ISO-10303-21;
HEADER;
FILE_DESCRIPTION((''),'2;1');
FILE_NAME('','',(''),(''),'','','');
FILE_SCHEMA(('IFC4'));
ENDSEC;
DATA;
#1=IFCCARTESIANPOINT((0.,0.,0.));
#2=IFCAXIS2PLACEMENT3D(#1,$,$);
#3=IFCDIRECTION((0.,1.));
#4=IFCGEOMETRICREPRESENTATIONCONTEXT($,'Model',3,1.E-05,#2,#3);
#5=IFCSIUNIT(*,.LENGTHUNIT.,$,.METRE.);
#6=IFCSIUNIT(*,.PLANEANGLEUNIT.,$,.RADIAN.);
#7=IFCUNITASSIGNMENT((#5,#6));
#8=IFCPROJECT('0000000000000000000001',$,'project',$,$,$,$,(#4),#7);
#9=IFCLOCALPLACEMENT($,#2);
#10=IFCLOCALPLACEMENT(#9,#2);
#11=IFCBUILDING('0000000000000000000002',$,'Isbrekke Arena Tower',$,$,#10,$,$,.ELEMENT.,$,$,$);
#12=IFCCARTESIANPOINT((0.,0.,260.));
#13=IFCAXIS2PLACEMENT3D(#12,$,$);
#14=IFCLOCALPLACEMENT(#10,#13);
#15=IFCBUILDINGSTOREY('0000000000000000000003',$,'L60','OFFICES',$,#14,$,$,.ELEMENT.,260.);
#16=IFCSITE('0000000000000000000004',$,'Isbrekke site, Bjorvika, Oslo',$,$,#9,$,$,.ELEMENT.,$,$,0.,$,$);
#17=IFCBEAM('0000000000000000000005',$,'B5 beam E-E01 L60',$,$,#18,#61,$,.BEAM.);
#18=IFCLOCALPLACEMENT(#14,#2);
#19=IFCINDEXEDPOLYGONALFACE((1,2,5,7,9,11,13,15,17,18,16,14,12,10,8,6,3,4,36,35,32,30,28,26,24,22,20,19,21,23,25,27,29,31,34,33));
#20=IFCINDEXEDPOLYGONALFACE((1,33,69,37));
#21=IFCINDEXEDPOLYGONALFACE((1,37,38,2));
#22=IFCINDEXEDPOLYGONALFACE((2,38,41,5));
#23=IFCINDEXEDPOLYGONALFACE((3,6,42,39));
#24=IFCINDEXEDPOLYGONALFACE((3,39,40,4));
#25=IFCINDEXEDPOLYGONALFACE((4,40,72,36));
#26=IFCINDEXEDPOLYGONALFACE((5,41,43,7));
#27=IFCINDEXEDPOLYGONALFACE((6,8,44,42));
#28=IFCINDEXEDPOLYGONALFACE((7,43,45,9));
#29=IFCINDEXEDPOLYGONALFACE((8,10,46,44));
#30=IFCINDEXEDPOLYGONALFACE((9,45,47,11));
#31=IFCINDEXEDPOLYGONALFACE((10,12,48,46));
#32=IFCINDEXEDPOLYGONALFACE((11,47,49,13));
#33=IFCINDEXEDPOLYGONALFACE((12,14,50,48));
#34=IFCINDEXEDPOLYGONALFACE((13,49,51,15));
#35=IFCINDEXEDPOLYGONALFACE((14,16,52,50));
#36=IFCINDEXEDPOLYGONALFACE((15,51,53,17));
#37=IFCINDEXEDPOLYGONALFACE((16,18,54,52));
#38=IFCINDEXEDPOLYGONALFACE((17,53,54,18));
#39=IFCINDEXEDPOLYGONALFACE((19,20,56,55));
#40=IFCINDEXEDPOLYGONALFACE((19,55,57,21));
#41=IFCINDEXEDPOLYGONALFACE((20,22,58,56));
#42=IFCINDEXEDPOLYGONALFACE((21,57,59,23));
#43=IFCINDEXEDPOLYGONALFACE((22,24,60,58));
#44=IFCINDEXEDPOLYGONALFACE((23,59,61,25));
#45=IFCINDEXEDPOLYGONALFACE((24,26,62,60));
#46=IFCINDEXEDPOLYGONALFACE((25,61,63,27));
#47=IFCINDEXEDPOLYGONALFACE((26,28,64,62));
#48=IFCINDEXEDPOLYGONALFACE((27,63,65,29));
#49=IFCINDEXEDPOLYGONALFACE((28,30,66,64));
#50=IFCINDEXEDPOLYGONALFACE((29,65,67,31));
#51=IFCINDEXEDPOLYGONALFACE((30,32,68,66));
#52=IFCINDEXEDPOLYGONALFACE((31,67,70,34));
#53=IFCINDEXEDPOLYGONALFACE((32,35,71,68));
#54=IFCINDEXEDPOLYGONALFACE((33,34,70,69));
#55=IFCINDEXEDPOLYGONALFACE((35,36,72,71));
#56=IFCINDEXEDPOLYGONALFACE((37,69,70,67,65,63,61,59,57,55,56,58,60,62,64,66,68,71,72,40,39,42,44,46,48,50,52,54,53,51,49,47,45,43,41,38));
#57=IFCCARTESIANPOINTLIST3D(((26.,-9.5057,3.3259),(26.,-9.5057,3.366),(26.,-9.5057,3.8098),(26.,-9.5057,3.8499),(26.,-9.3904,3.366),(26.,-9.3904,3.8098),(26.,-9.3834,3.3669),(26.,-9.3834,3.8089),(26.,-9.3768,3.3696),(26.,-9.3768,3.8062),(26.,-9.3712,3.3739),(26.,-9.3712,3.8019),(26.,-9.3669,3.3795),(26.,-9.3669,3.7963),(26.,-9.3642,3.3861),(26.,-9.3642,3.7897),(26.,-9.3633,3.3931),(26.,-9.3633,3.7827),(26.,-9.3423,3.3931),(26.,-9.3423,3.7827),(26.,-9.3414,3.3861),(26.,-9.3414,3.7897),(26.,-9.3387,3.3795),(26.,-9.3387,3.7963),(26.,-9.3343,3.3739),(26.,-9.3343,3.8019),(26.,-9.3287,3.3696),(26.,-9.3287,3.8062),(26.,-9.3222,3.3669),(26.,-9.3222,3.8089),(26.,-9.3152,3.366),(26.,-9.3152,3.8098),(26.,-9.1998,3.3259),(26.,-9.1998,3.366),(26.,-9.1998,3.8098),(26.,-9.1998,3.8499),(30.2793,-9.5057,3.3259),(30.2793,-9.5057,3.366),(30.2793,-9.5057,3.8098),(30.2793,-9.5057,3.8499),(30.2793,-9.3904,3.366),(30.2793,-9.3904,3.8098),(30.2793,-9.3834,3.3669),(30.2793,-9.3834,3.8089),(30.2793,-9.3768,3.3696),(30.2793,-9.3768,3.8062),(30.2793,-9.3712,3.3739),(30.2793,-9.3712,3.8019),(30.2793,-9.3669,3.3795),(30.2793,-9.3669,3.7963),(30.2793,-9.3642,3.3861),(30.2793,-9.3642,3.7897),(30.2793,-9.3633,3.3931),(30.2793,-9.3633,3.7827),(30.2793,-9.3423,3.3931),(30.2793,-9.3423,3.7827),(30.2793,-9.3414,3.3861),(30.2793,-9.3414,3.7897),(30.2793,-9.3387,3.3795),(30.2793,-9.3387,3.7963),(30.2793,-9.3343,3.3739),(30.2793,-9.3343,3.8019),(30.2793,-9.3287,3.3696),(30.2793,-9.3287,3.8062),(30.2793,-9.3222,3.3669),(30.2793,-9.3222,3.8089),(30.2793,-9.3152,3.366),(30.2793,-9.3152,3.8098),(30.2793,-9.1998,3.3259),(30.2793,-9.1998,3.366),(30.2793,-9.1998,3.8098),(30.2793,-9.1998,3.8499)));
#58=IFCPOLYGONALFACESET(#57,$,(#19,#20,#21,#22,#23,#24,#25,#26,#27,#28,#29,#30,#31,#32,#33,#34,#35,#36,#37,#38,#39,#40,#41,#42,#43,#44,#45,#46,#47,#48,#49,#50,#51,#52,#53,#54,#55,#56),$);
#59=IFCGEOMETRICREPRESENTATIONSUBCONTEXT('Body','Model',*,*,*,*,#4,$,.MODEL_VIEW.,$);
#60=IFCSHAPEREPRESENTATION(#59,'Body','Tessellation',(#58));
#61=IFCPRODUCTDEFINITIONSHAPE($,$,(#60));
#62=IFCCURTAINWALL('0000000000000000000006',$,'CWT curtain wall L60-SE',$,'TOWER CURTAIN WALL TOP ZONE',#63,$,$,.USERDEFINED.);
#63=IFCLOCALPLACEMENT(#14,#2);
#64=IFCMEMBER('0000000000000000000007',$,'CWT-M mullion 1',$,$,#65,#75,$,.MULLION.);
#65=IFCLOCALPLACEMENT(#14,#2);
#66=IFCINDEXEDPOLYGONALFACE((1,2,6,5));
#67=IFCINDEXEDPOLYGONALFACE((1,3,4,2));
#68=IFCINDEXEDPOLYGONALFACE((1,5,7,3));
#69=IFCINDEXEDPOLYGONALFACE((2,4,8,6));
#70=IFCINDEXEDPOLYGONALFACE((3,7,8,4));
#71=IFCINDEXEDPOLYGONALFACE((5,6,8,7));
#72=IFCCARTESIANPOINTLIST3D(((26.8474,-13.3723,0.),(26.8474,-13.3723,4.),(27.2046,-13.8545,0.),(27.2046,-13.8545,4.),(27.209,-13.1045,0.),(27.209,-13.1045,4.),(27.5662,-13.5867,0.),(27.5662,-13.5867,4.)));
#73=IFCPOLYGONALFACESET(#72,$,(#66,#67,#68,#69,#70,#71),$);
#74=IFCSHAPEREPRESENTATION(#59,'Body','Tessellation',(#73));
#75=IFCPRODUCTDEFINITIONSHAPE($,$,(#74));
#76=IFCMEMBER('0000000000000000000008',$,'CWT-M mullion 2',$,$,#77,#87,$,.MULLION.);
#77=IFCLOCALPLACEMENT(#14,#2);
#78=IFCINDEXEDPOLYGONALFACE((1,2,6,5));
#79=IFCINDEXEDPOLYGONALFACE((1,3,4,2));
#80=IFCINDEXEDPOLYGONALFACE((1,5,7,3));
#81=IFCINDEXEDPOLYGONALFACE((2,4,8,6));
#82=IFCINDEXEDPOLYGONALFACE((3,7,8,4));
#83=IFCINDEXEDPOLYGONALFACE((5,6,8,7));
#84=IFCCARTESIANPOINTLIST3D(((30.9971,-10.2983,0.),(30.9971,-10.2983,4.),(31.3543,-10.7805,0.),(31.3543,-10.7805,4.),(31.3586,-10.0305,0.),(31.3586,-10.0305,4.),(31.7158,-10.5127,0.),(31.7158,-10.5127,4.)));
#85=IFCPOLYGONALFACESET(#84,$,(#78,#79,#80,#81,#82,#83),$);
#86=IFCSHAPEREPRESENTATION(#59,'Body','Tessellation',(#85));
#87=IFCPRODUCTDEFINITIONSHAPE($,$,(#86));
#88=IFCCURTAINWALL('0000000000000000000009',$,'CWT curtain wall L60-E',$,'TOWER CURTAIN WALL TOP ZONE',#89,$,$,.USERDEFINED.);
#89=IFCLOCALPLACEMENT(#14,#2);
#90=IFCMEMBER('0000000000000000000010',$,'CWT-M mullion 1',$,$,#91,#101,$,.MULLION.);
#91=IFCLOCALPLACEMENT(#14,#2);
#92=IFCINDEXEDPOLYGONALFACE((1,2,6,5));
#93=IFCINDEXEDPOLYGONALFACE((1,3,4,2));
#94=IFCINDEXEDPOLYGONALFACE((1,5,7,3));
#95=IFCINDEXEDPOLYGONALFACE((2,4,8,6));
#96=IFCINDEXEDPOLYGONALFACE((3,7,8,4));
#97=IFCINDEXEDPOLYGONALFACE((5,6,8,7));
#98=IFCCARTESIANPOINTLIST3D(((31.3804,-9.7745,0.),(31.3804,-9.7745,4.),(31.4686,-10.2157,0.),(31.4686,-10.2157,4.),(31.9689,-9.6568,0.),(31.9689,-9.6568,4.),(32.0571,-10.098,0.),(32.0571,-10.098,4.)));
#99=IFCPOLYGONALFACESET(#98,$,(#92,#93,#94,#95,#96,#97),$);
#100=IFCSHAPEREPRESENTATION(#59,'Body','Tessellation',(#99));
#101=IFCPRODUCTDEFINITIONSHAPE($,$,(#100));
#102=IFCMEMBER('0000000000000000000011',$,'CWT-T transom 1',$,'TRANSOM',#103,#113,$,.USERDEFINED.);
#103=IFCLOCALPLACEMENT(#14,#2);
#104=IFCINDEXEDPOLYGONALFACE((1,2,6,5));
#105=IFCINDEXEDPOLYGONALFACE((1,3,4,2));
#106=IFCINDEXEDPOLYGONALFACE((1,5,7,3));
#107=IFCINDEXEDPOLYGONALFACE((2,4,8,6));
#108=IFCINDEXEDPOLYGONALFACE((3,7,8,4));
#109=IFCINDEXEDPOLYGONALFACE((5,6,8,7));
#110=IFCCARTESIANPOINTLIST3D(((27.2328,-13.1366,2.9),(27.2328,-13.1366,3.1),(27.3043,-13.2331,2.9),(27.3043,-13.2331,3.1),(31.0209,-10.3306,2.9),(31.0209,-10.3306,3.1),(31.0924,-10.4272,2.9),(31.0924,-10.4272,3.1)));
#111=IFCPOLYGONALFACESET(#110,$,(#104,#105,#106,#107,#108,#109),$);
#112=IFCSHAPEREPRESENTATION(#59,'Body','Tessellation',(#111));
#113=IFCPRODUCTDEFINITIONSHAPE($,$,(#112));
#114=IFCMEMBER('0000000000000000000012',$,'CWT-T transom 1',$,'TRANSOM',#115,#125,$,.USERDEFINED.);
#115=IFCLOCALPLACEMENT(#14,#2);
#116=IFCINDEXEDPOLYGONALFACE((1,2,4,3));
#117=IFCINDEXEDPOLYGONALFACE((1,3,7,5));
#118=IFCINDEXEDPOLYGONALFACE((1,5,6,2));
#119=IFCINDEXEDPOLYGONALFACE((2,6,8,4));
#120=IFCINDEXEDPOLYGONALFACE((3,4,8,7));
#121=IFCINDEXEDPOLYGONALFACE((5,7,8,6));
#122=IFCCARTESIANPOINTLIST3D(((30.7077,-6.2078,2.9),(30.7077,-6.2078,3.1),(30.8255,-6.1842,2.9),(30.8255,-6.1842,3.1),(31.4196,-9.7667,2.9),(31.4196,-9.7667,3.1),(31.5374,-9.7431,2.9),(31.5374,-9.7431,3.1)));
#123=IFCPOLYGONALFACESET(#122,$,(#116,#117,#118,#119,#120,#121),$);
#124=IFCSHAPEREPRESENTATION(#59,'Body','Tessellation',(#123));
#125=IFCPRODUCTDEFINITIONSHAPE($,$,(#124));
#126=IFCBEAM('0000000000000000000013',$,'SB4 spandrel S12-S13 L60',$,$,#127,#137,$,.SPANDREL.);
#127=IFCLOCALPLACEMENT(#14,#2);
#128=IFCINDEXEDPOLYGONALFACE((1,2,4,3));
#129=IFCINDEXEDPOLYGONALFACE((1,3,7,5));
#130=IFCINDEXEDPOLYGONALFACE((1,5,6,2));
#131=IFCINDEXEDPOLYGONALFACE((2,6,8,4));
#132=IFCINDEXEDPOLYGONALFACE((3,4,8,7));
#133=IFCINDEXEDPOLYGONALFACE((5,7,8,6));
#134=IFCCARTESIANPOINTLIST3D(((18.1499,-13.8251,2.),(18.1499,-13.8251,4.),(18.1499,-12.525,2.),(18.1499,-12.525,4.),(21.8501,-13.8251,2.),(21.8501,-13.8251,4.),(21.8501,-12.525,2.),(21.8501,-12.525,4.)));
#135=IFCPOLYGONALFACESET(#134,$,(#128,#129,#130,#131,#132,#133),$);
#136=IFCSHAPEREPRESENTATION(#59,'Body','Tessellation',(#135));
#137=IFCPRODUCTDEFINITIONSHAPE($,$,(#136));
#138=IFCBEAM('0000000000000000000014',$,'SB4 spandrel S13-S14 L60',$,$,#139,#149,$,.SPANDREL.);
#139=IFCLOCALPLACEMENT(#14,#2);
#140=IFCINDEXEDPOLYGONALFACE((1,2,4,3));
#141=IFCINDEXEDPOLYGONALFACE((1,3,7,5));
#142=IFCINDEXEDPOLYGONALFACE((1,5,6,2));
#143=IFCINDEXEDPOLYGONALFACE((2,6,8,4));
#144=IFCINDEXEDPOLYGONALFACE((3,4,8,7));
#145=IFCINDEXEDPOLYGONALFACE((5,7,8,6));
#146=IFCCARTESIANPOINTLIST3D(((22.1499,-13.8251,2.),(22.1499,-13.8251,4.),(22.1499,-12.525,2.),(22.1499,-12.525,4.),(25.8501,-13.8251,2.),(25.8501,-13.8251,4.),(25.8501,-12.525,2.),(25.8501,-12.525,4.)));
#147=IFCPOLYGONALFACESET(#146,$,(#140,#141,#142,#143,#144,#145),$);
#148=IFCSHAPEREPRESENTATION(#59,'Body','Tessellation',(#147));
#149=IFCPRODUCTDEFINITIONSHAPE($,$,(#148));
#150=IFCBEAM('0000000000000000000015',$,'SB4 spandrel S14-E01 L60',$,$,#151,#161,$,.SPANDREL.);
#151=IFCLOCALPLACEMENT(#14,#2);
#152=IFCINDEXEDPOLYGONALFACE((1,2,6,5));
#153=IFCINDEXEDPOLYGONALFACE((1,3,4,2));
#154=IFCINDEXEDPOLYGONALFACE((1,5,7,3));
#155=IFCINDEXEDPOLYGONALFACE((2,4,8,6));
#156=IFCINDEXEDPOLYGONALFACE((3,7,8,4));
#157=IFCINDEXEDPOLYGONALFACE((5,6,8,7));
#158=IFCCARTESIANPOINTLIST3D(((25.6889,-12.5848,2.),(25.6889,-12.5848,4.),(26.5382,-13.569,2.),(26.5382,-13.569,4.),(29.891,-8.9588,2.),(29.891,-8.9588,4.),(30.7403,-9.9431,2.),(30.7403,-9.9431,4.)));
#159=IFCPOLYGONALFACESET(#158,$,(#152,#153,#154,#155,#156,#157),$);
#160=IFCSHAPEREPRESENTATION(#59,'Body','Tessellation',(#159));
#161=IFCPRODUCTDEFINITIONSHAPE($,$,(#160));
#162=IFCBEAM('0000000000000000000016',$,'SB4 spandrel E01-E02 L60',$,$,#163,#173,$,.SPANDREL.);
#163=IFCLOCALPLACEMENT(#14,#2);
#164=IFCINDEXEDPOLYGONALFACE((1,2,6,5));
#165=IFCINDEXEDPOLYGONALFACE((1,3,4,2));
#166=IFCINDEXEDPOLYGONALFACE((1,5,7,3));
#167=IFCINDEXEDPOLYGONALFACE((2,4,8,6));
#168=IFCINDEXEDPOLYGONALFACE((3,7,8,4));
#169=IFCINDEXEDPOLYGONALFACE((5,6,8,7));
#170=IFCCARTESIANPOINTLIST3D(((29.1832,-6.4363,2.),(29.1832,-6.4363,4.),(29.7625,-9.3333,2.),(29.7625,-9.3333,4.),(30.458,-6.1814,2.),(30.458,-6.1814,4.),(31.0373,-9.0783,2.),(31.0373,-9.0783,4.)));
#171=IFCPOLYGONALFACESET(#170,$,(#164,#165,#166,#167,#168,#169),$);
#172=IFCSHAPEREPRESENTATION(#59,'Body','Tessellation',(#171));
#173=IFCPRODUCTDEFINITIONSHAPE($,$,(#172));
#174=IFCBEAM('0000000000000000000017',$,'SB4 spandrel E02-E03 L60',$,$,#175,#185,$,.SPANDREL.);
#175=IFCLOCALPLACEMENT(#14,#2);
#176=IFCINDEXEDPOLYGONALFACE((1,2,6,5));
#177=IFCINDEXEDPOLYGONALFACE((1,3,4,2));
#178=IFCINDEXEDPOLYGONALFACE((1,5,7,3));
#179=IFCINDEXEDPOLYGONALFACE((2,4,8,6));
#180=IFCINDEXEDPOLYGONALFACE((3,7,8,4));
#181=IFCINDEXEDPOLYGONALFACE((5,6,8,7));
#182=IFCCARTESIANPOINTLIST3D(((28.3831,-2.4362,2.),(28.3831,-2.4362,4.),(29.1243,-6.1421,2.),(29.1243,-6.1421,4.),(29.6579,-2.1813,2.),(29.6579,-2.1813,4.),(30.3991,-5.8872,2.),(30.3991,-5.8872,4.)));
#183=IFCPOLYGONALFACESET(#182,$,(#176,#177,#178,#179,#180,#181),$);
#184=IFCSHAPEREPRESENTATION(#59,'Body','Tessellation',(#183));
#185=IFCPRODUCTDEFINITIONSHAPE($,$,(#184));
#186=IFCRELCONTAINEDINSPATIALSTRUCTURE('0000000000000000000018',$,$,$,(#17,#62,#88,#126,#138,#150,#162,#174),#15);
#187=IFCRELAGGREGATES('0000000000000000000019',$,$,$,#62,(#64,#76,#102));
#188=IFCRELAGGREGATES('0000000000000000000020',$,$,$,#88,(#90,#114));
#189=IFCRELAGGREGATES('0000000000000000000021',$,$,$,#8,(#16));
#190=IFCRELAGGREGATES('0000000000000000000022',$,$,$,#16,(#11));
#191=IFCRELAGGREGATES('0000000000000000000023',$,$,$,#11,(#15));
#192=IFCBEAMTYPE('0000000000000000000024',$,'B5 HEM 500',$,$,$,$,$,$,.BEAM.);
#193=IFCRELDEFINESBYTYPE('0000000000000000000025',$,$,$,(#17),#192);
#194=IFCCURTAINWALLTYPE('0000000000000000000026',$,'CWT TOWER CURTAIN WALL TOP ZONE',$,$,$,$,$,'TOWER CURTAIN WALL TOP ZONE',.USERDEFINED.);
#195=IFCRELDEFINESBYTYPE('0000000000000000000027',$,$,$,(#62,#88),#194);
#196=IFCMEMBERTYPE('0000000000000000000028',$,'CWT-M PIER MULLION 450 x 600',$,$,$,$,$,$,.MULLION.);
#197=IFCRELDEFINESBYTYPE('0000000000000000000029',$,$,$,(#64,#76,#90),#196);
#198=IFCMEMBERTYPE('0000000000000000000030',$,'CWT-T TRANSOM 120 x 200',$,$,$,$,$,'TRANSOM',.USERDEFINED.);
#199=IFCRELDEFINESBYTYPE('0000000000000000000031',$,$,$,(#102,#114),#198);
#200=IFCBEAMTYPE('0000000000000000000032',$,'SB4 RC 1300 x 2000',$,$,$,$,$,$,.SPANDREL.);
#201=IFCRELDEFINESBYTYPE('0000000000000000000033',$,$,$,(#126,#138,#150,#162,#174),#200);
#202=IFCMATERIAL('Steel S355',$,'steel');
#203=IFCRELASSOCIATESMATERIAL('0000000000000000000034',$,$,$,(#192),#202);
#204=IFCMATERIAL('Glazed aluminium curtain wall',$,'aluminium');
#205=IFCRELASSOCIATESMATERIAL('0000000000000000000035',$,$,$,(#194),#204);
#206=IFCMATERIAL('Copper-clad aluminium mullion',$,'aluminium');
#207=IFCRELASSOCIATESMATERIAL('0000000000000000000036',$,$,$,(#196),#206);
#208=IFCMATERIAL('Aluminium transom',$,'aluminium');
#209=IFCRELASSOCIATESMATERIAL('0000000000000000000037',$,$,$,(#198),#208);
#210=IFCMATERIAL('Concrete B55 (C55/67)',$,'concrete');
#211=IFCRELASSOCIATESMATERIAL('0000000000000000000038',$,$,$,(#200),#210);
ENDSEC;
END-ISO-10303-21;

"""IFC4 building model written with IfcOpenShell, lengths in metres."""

from ifc_helpers import new_model, si_unit, direction, frame, origin, origin_2d, place, context, subcontext, project, spatial, rectangle, i_section, extrude, material, material_profile, profile_set, type_object, element, aggregate, save


model = new_model("IFC4")

# Units and contexts
model_context = context("Model", 3, precision=1e-05, world=origin(), true_north=direction((0.0, 1.0)))
body_context = subcontext(model_context, "Body", "Model", "MODEL_VIEW")
ifc_project = project(units=[si_unit("LENGTHUNIT", "METRE"), si_unit("PLANEANGLEUNIT", "RADIAN")], contexts=[model_context])

# Site, building, storey
site_placement = place(None, origin())
site = spatial("IfcSite", under=ifc_project, at=site_placement, Name="Isbrekke site, Bjorvika, Oslo", CompositionType="ELEMENT", RefElevation=0.0)
building_placement = place(site_placement, origin())
building = spatial("IfcBuilding", under=site, at=building_placement, Name="Isbrekke Arena Tower", CompositionType="ELEMENT")
storey_placement = place(building_placement, frame((0.0, 0.0, 260.0)))
storey = spatial("IfcBuildingStorey", under=building, at=storey_placement, Name="L60", Description="OFFICES", CompositionType="ELEMENT", Elevation=260.0)

# Beam
ifc_material_1 = material(Name="Steel S355", Category="steel")
ifc_material_profile_1 = material_profile(ifc_material_1, i_section(OverallWidth=0.3059, OverallDepth=0.5239, WebThickness=0.021, FlangeThickness=0.04, FilletRadius=0.0271, at=origin_2d()), Name="HEM 500")
ifc_profile_set_1 = profile_set([ifc_material_profile_1], Name="Steel S355")
beam_type_1 = type_object("IfcBeamType", Name="B5 HEM 500", PredefinedType="BEAM", material=ifc_profile_set_1)
beam_1_placement = place(storey_placement, frame((30.2793, -9.3528, 3.5879), z_axis=(-1.0, 0.0, 0.0), x_axis=(0.0, -1.0, 0.0)))
element("IfcBeam", 1, at=beam_1_placement, inside=storey, type_object=beam_type_1, Name="B5 beam E-E01 L60", PredefinedType="BEAM", context=body_context, shape_type="SweptSolid", body=[
    extrude(i_section(OverallWidth=0.3059, OverallDepth=0.5239, WebThickness=0.021, FlangeThickness=0.04, FilletRadius=0.0271, at=origin_2d()), origin(), (0.0, 0.0, 1.0), 4.2793),
])

# Curtain wall, members
ifc_material_2 = material(Name="Glazed aluminium curtain wall", Category="aluminium")
curtain_wall_type = type_object("IfcCurtainWallType", Name="CWT TOWER CURTAIN WALL TOP ZONE", ElementType="TOWER CURTAIN WALL TOP ZONE", PredefinedType="USERDEFINED", material=ifc_material_2)
curtain_wall_1_placement = place(storey_placement, origin())
curtain_wall_1 = element("IfcCurtainWall", 2, at=curtain_wall_1_placement, inside=storey, type_object=curtain_wall_type, Name="CWT curtain wall L60-SE", ObjectType="TOWER CURTAIN WALL TOP ZONE", PredefinedType="USERDEFINED")
ifc_material_3 = material(Name="Copper-clad aluminium mullion", Category="aluminium")
ifc_material_profile_2 = material_profile(ifc_material_3, rectangle(XDim=0.45, YDim=0.6001, at=origin_2d()), Name="PIER 450X600")
ifc_profile_set_2 = profile_set([ifc_material_profile_2], Name="Copper-clad aluminium mullion")
member_type_1 = type_object("IfcMemberType", Name="CWT-M PIER MULLION 450 x 600", PredefinedType="MULLION", material=ifc_profile_set_2)
member_1_placement = place(storey_placement, frame((27.2068, -13.4795, 0.0), z_axis=(0.0, 0.0, 1.0), x_axis=(0.803557, 0.595228, 0.0)))
member_1 = element("IfcMember", 3, at=member_1_placement, type_object=member_type_1, Name="CWT-M mullion 1", PredefinedType="MULLION", context=body_context, shape_type="SweptSolid", body=[
    extrude(rectangle(XDim=0.45, YDim=0.6001, at=origin_2d()), origin(), (0.0, 0.0, 1.0), 4.0),
])
member_2_placement = place(storey_placement, frame((31.3564, -10.4055, 0.0), z_axis=(0.0, 0.0, 1.0), x_axis=(0.803557, 0.595228, 0.0)))
member_2 = element("IfcMember", 4, at=member_2_placement, type_object=member_type_1, Name="CWT-M mullion 2", PredefinedType="MULLION", context=body_context, shape_type="SweptSolid", body=[
    extrude(rectangle(XDim=0.45, YDim=0.6001, at=origin_2d()), origin(), (0.0, 0.0, 1.0), 4.0),
])

# Curtain wall, member
curtain_wall_2_placement = place(storey_placement, origin())
curtain_wall_2 = element("IfcCurtainWall", 5, at=curtain_wall_2_placement, inside=storey, type_object=curtain_wall_type, Name="CWT curtain wall L60-E", ObjectType="TOWER CURTAIN WALL TOP ZONE", PredefinedType="USERDEFINED")
member_3_placement = place(storey_placement, frame((31.7188, -9.9363, 0.0), z_axis=(0.0, 0.0, 1.0), x_axis=(-0.196116, 0.980581, 0.0)))
member_3 = element("IfcMember", 6, at=member_3_placement, type_object=member_type_1, Name="CWT-M mullion 1", PredefinedType="MULLION", context=body_context, shape_type="SweptSolid", body=[
    extrude(rectangle(XDim=0.45, YDim=0.6001, at=origin_2d()), origin(), (0.0, 0.0, 1.0), 4.0),
])

# Members
ifc_material_4 = material(Name="Aluminium transom", Category="aluminium")
ifc_material_profile_3 = material_profile(ifc_material_4, rectangle(XDim=0.1201, YDim=0.2, at=origin_2d()), Name="TRANSOM 120X200")
ifc_profile_set_3 = profile_set([ifc_material_profile_3], Name="Aluminium transom")
member_type_2 = type_object("IfcMemberType", Name="CWT-T TRANSOM 120 x 200", ElementType="TRANSOM", PredefinedType="USERDEFINED", material=ifc_profile_set_3)
member_4_placement = place(storey_placement, frame((27.2686, -13.1848, 3.0), z_axis=(0.803565, 0.595216, 0.0), x_axis=(-0.595216, 0.803565, 0.0)))
member_4 = element("IfcMember", 7, at=member_4_placement, type_object=member_type_2, Name="CWT-T transom 1", ObjectType="TRANSOM", PredefinedType="USERDEFINED", context=body_context, shape_type="SweptSolid", body=[
    extrude(rectangle(XDim=0.1201, YDim=0.2, at=origin_2d()), origin(), (0.0, 0.0, 1.0), 4.7141),
])
member_5_placement = place(storey_placement, frame((31.4785, -9.7549, 3.0), z_axis=(-0.196155, 0.980573, 0.0), x_axis=(-0.980573, -0.196155, 0.0)))
member_5 = element("IfcMember", 8, at=member_5_placement, type_object=member_type_2, Name="CWT-T transom 1", ObjectType="TRANSOM", PredefinedType="USERDEFINED", context=body_context, shape_type="SweptSolid", body=[
    extrude(rectangle(XDim=0.1201, YDim=0.2, at=origin_2d()), origin(), (0.0, 0.0, 1.0), 3.6294),
])

# Beams
ifc_material_5 = material(Name="Concrete B55 (C55/67)", Category="concrete")
ifc_material_profile_4 = material_profile(ifc_material_5, rectangle(XDim=1.3, YDim=2.0, at=origin_2d()), Name="RC 1300x2000")
ifc_profile_set_4 = profile_set([ifc_material_profile_4], Name="Concrete B55 (C55/67)")
beam_type_2 = type_object("IfcBeamType", Name="SB4 RC 1300 x 2000", PredefinedType="SPANDREL", material=ifc_profile_set_4)
for number, where, z_axis, x_axis, name in (
    (9, (18.1499, -13.175, 3.0), (1.0, 0.0, 0.0), (0.0, 1.0, 0.0), "SB4 spandrel S12-S13 L60"),
    (10, (22.1499, -13.175, 3.0), (1.0, 0.0, 0.0), (0.0, 1.0, 0.0), "SB4 spandrel S13-S14 L60"),
):
    element("IfcBeam", number, at=place(storey_placement, frame(where, z_axis=z_axis, x_axis=x_axis)), inside=storey, type_object=beam_type_2, Name=name, PredefinedType="SPANDREL", context=body_context, shape_type="SweptSolid", body=[
        extrude(rectangle(XDim=1.3, YDim=2.0, at=origin_2d()), origin(), (0.0, 0.0, 1.0), 3.7002),
    ])
beam_2_placement = place(storey_placement, frame((26.1135, -13.0769, 3.0), z_axis=(0.757104, 0.653295, 0.0), x_axis=(-0.653295, 0.757104, 0.0)))
element("IfcBeam", 11, at=beam_2_placement, inside=storey, type_object=beam_type_2, Name="SB4 spandrel S14-E01 L60", PredefinedType="SPANDREL", context=body_context, shape_type="SweptSolid", body=[
    extrude(rectangle(XDim=1.3, YDim=2.0, at=origin_2d()), origin(), (0.0, 0.0, 1.0), 5.5503),
])
beam_3_placement = place(storey_placement, frame((30.3999, -9.2058, 3.0), z_axis=(-0.1961, 0.980584, 0.0), x_axis=(-0.980584, -0.1961, 0.0)))
element("IfcBeam", 12, at=beam_3_placement, inside=storey, type_object=beam_type_2, Name="SB4 spandrel E01-E02 L60", PredefinedType="SPANDREL", context=body_context, shape_type="SweptSolid", body=[
    extrude(rectangle(XDim=1.3, YDim=2.0, at=origin_2d()), origin(), (0.0, 0.0, 1.0), 2.9543),
])
beam_4_placement = place(storey_placement, frame((29.7617, -6.0146, 3.0), z_axis=(-0.196129, 0.980578, 0.0), x_axis=(-0.980578, -0.196129, 0.0)))
element("IfcBeam", 13, at=beam_4_placement, inside=storey, type_object=beam_type_2, Name="SB4 spandrel E02-E03 L60", PredefinedType="SPANDREL", context=body_context, shape_type="SweptSolid", body=[
    extrude(rectangle(XDim=1.3, YDim=2.0, at=origin_2d()), origin(), (0.0, 0.0, 1.0), 3.7793),
])

aggregate(curtain_wall_1, [member_1, member_2, member_4])
aggregate(curtain_wall_2, [member_3, member_5])

save(model, "model.ifc")
